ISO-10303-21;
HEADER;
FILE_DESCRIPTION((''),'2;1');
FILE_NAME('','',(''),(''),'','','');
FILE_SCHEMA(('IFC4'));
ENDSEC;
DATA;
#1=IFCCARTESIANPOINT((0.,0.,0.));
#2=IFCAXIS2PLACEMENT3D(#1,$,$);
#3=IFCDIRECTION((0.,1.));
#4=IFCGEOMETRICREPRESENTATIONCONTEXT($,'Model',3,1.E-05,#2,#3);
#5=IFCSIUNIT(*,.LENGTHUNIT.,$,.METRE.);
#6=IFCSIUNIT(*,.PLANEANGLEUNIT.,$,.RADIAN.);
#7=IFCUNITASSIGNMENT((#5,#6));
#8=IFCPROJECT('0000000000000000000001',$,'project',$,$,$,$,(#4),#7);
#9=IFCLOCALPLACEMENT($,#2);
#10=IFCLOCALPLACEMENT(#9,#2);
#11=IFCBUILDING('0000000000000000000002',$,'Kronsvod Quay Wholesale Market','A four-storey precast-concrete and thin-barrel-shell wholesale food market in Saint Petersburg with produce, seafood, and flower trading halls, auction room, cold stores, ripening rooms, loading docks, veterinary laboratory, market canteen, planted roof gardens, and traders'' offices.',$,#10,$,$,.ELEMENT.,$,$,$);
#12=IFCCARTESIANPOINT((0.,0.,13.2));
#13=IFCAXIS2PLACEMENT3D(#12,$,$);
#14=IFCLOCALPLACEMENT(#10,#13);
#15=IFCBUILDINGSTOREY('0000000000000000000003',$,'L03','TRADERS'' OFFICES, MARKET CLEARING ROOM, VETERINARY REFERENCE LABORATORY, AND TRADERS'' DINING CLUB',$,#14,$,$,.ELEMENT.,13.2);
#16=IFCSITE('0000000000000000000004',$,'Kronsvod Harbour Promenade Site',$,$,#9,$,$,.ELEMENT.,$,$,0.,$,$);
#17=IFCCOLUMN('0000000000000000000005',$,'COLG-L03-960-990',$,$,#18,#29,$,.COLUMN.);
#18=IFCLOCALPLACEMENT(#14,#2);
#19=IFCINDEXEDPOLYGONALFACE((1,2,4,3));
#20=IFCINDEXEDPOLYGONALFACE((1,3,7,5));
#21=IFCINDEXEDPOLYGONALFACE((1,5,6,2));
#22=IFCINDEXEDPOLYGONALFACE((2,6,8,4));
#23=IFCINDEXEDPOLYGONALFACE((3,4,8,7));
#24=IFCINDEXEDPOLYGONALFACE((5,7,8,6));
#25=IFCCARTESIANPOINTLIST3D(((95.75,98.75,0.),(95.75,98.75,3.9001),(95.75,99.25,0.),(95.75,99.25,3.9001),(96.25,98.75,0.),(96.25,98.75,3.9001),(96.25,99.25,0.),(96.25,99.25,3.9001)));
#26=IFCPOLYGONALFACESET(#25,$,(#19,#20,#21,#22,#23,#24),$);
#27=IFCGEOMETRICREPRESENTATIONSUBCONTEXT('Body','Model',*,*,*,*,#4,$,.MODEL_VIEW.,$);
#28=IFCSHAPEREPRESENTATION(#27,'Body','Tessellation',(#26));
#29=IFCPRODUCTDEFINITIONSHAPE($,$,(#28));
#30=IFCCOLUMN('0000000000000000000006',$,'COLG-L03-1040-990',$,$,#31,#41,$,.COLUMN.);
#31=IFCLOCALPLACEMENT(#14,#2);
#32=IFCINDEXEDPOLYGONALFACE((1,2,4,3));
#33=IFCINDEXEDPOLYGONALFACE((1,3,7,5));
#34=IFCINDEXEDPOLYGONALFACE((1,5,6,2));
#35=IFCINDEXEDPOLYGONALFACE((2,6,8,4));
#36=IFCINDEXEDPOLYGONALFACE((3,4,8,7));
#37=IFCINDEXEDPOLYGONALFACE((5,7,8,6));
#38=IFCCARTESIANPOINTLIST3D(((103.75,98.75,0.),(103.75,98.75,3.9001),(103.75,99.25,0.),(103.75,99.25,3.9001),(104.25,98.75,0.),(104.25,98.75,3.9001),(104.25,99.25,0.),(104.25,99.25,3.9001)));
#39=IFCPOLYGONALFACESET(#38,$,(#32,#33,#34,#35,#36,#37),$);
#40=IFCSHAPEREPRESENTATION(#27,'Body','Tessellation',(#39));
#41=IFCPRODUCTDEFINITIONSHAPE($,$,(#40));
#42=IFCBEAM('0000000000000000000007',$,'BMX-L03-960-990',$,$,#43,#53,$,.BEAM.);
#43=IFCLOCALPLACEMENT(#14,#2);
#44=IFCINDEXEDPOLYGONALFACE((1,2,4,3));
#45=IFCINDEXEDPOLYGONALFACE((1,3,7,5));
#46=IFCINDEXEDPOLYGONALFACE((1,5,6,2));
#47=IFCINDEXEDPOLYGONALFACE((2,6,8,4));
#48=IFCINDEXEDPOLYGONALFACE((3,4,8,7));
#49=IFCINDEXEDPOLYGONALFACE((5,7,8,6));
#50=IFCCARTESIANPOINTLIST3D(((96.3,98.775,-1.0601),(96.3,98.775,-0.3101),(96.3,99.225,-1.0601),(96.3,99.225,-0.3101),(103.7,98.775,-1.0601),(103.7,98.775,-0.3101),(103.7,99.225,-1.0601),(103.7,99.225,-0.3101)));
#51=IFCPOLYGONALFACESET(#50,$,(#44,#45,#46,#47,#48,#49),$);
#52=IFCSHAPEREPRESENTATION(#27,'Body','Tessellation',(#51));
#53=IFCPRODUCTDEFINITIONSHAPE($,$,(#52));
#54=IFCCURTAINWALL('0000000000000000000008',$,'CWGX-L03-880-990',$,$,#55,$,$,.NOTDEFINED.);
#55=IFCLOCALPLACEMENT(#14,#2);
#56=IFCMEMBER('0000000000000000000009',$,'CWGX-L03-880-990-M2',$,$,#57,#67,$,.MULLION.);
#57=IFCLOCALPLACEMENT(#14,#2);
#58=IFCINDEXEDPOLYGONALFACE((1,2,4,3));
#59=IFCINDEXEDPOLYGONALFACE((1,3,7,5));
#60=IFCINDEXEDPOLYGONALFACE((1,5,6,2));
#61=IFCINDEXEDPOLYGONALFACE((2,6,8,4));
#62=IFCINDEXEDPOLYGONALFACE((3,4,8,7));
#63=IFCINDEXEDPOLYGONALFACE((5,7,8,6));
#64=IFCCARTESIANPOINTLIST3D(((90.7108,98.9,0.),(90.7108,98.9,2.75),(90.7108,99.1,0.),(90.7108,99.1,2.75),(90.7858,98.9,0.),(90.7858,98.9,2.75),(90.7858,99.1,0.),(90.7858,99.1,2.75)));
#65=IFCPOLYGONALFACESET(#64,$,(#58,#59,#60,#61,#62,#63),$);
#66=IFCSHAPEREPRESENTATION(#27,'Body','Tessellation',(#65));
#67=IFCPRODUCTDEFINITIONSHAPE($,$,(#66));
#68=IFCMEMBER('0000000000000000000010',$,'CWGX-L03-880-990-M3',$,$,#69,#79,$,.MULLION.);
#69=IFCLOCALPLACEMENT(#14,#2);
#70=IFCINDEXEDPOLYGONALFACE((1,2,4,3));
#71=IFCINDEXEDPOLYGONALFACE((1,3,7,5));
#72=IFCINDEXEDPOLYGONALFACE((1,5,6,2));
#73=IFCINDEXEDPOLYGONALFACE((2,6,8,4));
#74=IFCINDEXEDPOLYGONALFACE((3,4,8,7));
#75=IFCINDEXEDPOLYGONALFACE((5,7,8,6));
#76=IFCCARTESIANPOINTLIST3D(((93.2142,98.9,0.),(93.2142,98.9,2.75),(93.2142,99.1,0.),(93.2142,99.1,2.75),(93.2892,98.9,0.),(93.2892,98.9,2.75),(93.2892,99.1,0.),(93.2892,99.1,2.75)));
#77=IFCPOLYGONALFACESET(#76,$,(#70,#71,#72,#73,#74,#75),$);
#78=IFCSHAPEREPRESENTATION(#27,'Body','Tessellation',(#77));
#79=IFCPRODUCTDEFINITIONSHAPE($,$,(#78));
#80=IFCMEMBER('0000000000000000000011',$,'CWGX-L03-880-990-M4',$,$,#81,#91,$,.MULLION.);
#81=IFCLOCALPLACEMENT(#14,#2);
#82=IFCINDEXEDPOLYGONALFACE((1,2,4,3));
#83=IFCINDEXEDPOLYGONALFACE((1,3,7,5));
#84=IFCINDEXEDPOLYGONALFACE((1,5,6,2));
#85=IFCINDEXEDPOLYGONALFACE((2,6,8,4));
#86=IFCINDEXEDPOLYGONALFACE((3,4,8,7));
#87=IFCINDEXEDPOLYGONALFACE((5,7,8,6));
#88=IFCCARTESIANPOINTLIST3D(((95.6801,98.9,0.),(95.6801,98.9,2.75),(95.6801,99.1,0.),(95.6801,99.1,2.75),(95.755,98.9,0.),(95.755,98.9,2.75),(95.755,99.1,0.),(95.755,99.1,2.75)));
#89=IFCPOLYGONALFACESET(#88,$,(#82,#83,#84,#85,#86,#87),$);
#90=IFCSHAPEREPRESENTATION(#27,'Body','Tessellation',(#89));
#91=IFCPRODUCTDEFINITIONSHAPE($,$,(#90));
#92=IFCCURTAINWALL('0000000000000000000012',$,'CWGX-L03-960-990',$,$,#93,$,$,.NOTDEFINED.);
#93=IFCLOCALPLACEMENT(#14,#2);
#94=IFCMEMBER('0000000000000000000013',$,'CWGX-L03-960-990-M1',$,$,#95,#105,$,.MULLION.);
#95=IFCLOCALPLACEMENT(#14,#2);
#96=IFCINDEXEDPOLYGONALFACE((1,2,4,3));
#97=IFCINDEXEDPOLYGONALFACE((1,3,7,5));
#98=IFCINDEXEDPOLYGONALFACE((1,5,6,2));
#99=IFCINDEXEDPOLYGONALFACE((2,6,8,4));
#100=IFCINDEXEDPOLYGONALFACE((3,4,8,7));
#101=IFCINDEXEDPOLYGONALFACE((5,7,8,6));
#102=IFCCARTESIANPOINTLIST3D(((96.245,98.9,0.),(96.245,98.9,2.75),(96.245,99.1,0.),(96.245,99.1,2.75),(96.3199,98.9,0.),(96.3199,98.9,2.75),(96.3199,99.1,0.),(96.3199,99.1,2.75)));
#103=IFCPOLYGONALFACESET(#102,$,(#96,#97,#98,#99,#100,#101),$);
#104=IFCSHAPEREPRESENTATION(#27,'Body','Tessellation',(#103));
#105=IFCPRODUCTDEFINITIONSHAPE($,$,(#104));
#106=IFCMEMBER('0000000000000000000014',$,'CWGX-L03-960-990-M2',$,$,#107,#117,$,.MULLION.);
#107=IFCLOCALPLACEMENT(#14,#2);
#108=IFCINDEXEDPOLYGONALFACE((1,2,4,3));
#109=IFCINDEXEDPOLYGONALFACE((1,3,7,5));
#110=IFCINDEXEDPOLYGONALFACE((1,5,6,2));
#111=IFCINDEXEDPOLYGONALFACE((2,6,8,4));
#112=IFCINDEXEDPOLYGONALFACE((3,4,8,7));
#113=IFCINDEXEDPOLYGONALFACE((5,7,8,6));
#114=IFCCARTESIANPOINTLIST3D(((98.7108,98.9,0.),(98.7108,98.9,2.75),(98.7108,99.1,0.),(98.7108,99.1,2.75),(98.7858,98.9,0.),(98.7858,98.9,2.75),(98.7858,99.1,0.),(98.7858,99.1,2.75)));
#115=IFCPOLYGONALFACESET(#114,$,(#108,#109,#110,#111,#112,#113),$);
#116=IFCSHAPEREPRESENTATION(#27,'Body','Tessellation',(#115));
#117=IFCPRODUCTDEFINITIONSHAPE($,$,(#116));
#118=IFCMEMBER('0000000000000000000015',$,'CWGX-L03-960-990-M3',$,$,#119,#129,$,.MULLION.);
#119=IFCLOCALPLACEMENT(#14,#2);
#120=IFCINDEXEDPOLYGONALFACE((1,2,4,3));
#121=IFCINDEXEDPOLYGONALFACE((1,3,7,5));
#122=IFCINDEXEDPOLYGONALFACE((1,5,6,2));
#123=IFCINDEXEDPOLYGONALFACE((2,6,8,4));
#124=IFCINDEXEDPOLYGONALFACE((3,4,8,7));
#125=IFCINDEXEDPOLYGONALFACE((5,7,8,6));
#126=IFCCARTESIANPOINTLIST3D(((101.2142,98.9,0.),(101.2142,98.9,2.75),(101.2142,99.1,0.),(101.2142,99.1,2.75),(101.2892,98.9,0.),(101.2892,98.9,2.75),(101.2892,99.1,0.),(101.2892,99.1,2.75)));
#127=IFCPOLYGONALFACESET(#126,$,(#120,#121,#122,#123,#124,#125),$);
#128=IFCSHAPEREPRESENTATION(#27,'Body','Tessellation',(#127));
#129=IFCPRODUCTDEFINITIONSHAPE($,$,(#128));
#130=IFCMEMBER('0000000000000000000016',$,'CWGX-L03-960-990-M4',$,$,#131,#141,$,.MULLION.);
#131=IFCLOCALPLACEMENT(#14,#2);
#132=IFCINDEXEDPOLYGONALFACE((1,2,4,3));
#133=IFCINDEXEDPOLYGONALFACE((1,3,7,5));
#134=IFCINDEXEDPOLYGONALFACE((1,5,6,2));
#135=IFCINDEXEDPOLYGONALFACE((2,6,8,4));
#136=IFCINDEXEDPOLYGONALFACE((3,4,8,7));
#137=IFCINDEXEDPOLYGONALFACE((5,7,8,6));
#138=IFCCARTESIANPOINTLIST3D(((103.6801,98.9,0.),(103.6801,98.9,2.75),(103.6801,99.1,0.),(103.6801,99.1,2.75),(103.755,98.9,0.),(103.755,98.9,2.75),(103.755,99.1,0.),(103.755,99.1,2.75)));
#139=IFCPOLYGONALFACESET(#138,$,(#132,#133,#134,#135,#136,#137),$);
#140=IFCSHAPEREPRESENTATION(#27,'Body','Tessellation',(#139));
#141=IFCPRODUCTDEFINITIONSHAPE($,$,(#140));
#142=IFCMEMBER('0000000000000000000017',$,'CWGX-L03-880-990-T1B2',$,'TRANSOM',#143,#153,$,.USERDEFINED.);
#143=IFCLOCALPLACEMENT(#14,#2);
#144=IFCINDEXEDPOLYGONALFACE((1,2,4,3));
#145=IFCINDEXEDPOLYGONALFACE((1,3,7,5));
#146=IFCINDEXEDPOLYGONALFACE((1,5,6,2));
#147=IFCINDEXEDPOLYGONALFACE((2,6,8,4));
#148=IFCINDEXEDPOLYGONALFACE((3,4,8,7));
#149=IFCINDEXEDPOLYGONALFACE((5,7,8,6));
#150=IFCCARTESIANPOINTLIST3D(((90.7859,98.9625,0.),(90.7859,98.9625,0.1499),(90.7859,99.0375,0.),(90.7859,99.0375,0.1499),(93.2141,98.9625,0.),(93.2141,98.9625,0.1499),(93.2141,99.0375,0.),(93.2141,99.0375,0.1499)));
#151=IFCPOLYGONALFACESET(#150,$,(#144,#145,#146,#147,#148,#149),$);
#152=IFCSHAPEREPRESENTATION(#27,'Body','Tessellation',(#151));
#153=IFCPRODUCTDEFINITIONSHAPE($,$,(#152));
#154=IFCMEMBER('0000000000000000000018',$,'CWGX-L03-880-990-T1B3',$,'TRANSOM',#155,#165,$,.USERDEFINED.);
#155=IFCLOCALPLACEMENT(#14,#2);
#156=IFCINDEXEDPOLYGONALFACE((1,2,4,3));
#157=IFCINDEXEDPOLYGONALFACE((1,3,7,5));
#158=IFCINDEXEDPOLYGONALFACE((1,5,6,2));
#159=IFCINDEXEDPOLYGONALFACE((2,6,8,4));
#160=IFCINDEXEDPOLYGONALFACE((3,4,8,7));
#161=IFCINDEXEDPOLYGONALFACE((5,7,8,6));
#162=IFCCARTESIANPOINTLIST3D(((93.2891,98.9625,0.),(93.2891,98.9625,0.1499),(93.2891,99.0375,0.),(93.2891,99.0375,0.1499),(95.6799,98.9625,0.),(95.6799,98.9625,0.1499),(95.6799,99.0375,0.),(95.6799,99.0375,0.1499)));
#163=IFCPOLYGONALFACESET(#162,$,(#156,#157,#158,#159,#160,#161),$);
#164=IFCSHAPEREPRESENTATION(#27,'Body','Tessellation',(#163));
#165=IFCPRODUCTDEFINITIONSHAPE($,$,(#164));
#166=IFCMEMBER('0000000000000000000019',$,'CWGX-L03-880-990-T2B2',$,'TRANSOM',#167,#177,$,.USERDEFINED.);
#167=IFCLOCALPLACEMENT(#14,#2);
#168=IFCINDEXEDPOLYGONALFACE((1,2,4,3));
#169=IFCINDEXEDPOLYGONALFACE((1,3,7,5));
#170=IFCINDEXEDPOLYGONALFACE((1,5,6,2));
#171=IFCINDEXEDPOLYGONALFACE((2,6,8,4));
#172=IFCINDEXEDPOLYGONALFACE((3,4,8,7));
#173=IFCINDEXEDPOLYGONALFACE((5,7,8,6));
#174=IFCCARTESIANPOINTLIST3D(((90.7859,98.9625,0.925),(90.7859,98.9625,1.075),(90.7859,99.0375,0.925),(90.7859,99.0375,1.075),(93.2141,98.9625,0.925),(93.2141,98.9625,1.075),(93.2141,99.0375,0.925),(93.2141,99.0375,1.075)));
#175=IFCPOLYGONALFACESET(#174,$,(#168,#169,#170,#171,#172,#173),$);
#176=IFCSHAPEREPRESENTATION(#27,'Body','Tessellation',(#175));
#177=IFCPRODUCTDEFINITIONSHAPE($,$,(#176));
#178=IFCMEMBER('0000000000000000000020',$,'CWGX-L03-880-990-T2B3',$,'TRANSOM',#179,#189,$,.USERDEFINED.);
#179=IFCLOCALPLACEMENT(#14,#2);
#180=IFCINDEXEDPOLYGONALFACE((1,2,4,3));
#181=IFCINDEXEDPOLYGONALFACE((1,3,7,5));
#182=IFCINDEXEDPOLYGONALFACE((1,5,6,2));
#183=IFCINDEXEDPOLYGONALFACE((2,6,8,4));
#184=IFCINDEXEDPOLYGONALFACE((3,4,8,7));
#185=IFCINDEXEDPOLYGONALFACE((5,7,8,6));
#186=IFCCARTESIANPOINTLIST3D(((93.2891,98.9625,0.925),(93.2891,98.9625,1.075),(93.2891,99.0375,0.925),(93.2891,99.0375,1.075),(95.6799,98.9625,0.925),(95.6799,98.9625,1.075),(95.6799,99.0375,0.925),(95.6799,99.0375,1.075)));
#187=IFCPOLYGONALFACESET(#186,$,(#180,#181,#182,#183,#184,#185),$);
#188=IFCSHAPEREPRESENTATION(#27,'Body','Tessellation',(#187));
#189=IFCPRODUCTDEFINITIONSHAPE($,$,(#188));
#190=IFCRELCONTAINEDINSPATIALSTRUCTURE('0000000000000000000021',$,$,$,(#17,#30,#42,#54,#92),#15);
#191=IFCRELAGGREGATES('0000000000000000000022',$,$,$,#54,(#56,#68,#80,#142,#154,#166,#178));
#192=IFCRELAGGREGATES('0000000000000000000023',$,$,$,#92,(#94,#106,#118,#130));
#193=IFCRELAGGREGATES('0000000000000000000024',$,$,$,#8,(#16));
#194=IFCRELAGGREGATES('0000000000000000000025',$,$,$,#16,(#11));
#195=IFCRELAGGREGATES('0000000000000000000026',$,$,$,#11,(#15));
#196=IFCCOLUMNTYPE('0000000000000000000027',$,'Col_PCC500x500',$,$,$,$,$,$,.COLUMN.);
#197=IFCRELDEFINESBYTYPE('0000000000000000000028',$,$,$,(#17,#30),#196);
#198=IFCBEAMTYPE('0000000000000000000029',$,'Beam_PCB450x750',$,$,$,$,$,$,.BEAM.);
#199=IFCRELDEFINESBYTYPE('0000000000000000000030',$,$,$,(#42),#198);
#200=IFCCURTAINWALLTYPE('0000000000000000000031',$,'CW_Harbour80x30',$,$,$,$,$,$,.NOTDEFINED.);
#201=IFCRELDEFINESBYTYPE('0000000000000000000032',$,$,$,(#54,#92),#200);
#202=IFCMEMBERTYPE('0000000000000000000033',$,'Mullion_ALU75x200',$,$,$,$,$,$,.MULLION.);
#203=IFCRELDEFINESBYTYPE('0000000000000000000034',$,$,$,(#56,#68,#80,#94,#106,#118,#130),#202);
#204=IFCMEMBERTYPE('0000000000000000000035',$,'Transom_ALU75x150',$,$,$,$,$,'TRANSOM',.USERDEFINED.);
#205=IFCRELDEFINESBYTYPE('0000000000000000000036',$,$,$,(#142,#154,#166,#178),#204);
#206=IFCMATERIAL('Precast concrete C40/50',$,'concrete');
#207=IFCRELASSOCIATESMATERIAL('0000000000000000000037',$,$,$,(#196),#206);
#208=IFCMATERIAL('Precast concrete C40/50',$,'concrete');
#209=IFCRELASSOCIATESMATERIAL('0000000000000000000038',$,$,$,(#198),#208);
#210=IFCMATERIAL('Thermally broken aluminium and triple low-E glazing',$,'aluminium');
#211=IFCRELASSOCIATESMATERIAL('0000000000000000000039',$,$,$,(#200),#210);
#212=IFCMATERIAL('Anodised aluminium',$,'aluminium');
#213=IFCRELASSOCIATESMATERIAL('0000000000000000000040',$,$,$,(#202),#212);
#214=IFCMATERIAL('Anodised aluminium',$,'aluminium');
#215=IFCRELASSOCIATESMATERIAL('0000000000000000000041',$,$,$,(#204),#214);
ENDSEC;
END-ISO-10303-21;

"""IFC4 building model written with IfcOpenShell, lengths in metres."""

from ifc_helpers import new_model, si_unit, direction, frame, origin, origin_2d, place, context, subcontext, project, spatial, rectangle, extrude, material, material_profile, profile_set, type_object, element, aggregate, save


model = new_model("IFC4")

# Units and contexts
model_context = context("Model", 3, precision=1e-05, world=origin(), true_north=direction((0.0, 1.0)))
body_context = subcontext(model_context, "Body", "Model", "MODEL_VIEW")
ifc_project = project(units=[si_unit("LENGTHUNIT", "METRE"), si_unit("PLANEANGLEUNIT", "RADIAN")], contexts=[model_context])

# Site, building, storey
site_placement = place(None, origin())
site = spatial("IfcSite", under=ifc_project, at=site_placement, Name="Kronsvod Harbour Promenade Site", CompositionType="ELEMENT", RefElevation=0.0)
building_placement = place(site_placement, origin())
building = spatial("IfcBuilding", under=site, at=building_placement, Name="Kronsvod Quay Wholesale Market", Description="A four-storey precast-concrete and thin-barrel-shell wholesale food market in Saint Petersburg with produce, seafood, and flower trading halls, auction room, cold stores, ripening rooms, loading docks, veterinary laboratory, market canteen, planted roof gardens, and traders' offices.", CompositionType="ELEMENT")
storey_placement = place(building_placement, frame((0.0, 0.0, 13.2)))
storey = spatial("IfcBuildingStorey", under=building, at=storey_placement, Name="L03", Description="TRADERS' OFFICES, MARKET CLEARING ROOM, VETERINARY REFERENCE LABORATORY, AND TRADERS' DINING CLUB", CompositionType="ELEMENT", Elevation=13.2)

# Columns
ifc_material_1 = material(Name="Precast concrete C40/50", Category="concrete")
ifc_material_profile_1 = material_profile(ifc_material_1, rectangle(XDim=0.5, YDim=0.5, at=origin_2d()), Name="PCC500x500")
ifc_profile_set_1 = profile_set([ifc_material_profile_1], Name="Precast concrete C40/50")
column_type = type_object("IfcColumnType", Name="Col_PCC500x500", PredefinedType="COLUMN", material=ifc_profile_set_1)
for number, where, z_axis, x_axis, name in (
    (1, (96.0, 99.0, 0.0), (0.0, 0.0, 1.0), (1.0, 0.0, 0.0), "COLG-L03-960-990"),
    (2, (104.0, 99.0, 0.0), (0.0, 0.0, 1.0), (1.0, 0.0, 0.0), "COLG-L03-1040-990"),
):
    element("IfcColumn", number, at=place(storey_placement, frame(where, z_axis=z_axis, x_axis=x_axis)), inside=storey, type_object=column_type, Name=name, PredefinedType="COLUMN", context=body_context, shape_type="SweptSolid", body=[
        extrude(rectangle(XDim=0.5, YDim=0.5, at=origin_2d()), origin(), (0.0, 0.0, 1.0), 3.9001),
    ])

# Beam
ifc_material_2 = material(Name="Precast concrete C40/50", Category="concrete")
ifc_material_profile_2 = material_profile(ifc_material_2, rectangle(XDim=0.45, YDim=0.75, at=origin_2d()), Name="PCB450x750")
ifc_profile_set_2 = profile_set([ifc_material_profile_2], Name="Precast concrete C40/50")
beam_type = type_object("IfcBeamType", Name="Beam_PCB450x750", PredefinedType="BEAM", material=ifc_profile_set_2)
beam_placement = place(storey_placement, frame((96.3, 99.0, -0.6851), z_axis=(1.0, 0.0, 0.0), x_axis=(0.0, 1.0, 0.0)))
element("IfcBeam", 3, at=beam_placement, inside=storey, type_object=beam_type, Name="BMX-L03-960-990", PredefinedType="BEAM", context=body_context, shape_type="SweptSolid", body=[
    extrude(rectangle(XDim=0.45, YDim=0.75, at=origin_2d()), origin(), (0.0, 0.0, 1.0), 7.3999),
])

# Curtain walls, members
ifc_material_3 = material(Name="Thermally broken aluminium and triple low-E glazing", Category="aluminium")
curtain_wall_type = type_object("IfcCurtainWallType", Name="CW_Harbour80x30", PredefinedType="NOTDEFINED", material=ifc_material_3)
curtain_wall_1_placement = place(storey_placement, origin())
curtain_wall_1 = element("IfcCurtainWall", 4, at=curtain_wall_1_placement, inside=storey, type_object=curtain_wall_type, Name="CWGX-L03-880-990", PredefinedType="NOTDEFINED")
ifc_material_4 = material(Name="Anodised aluminium", Category="aluminium")
ifc_material_profile_3 = material_profile(ifc_material_4, rectangle(XDim=0.075, YDim=0.2, at=origin_2d()), Name="ALUM75x200")
ifc_profile_set_3 = profile_set([ifc_material_profile_3], Name="Anodised aluminium")
member_type_1 = type_object("IfcMemberType", Name="Mullion_ALU75x200", PredefinedType="MULLION", material=ifc_profile_set_3)
member_1_placement = place(storey_placement, frame((90.7483, 99.0, 0.0), z_axis=(0.0, 0.0, 1.0), x_axis=(1.0, 0.0, 0.0)))
member_1 = element("IfcMember", 5, at=member_1_placement, type_object=member_type_1, Name="CWGX-L03-880-990-M2", PredefinedType="MULLION", context=body_context, shape_type="SweptSolid", body=[
    extrude(rectangle(XDim=0.075, YDim=0.2, at=origin_2d()), origin(), (0.0, 0.0, 1.0), 2.75),
])
member_2_placement = place(storey_placement, frame((93.2517, 99.0, 0.0), z_axis=(0.0, 0.0, 1.0), x_axis=(1.0, 0.0, 0.0)))
member_2 = element("IfcMember", 6, at=member_2_placement, type_object=member_type_1, Name="CWGX-L03-880-990-M3", PredefinedType="MULLION", context=body_context, shape_type="SweptSolid", body=[
    extrude(rectangle(XDim=0.075, YDim=0.2, at=origin_2d()), origin(), (0.0, 0.0, 1.0), 2.75),
])
member_3_placement = place(storey_placement, frame((95.7175, 99.0, 0.0), z_axis=(0.0, 0.0, 1.0), x_axis=(1.0, 0.0, 0.0)))
member_3 = element("IfcMember", 7, at=member_3_placement, type_object=member_type_1, Name="CWGX-L03-880-990-M4", PredefinedType="MULLION", context=body_context, shape_type="SweptSolid", body=[
    extrude(rectangle(XDim=0.075, YDim=0.2, at=origin_2d()), origin(), (0.0, 0.0, 1.0), 2.75),
])
curtain_wall_2_placement = place(storey_placement, origin())
curtain_wall_2 = element("IfcCurtainWall", 8, at=curtain_wall_2_placement, inside=storey, type_object=curtain_wall_type, Name="CWGX-L03-960-990", PredefinedType="NOTDEFINED")
member_4_placement = place(storey_placement, frame((96.2825, 99.0, 0.0), z_axis=(0.0, 0.0, 1.0), x_axis=(1.0, 0.0, 0.0)))
member_4 = element("IfcMember", 9, at=member_4_placement, type_object=member_type_1, Name="CWGX-L03-960-990-M1", PredefinedType="MULLION", context=body_context, shape_type="SweptSolid", body=[
    extrude(rectangle(XDim=0.075, YDim=0.2, at=origin_2d()), origin(), (0.0, 0.0, 1.0), 2.75),
])
member_5_placement = place(storey_placement, frame((98.7483, 99.0, 0.0), z_axis=(0.0, 0.0, 1.0), x_axis=(1.0, 0.0, 0.0)))
member_5 = element("IfcMember", 10, at=member_5_placement, type_object=member_type_1, Name="CWGX-L03-960-990-M2", PredefinedType="MULLION", context=body_context, shape_type="SweptSolid", body=[
    extrude(rectangle(XDim=0.075, YDim=0.2, at=origin_2d()), origin(), (0.0, 0.0, 1.0), 2.75),
])
member_6_placement = place(storey_placement, frame((101.2517, 99.0, 0.0), z_axis=(0.0, 0.0, 1.0), x_axis=(1.0, 0.0, 0.0)))
member_6 = element("IfcMember", 11, at=member_6_placement, type_object=member_type_1, Name="CWGX-L03-960-990-M3", PredefinedType="MULLION", context=body_context, shape_type="SweptSolid", body=[
    extrude(rectangle(XDim=0.075, YDim=0.2, at=origin_2d()), origin(), (0.0, 0.0, 1.0), 2.75),
])
member_7_placement = place(storey_placement, frame((103.7175, 99.0, 0.0), z_axis=(0.0, 0.0, 1.0), x_axis=(1.0, 0.0, 0.0)))
member_7 = element("IfcMember", 12, at=member_7_placement, type_object=member_type_1, Name="CWGX-L03-960-990-M4", PredefinedType="MULLION", context=body_context, shape_type="SweptSolid", body=[
    extrude(rectangle(XDim=0.075, YDim=0.2, at=origin_2d()), origin(), (0.0, 0.0, 1.0), 2.75),
])

# Members
ifc_material_5 = material(Name="Anodised aluminium", Category="aluminium")
ifc_material_profile_4 = material_profile(ifc_material_5, rectangle(XDim=0.075, YDim=0.1499, at=origin_2d()), Name="ALUT75x150")
ifc_profile_set_4 = profile_set([ifc_material_profile_4], Name="Anodised aluminium")
member_type_2 = type_object("IfcMemberType", Name="Transom_ALU75x150", ElementType="TRANSOM", PredefinedType="USERDEFINED", material=ifc_profile_set_4)
member_8_placement = place(storey_placement, frame((90.7859, 99.0, 0.075), z_axis=(1.0, 0.0, 0.0), x_axis=(0.0, 1.0, 0.0)))
member_8 = element("IfcMember", 13, at=member_8_placement, type_object=member_type_2, Name="CWGX-L03-880-990-T1B2", ObjectType="TRANSOM", PredefinedType="USERDEFINED", context=body_context, shape_type="SweptSolid", body=[
    extrude(rectangle(XDim=0.075, YDim=0.1499, at=origin_2d()), origin(), (0.0, 0.0, 1.0), 2.4282),
])
member_9_placement = place(storey_placement, frame((93.2891, 99.0, 0.075), z_axis=(1.0, 0.0, 0.0), x_axis=(0.0, 1.0, 0.0)))
member_9 = element("IfcMember", 14, at=member_9_placement, type_object=member_type_2, Name="CWGX-L03-880-990-T1B3", ObjectType="TRANSOM", PredefinedType="USERDEFINED", context=body_context, shape_type="SweptSolid", body=[
    extrude(rectangle(XDim=0.075, YDim=0.1499, at=origin_2d()), origin(), (0.0, 0.0, 1.0), 2.3909),
])
member_10_placement = place(storey_placement, frame((90.7859, 99.0, 1.0), z_axis=(1.0, 0.0, 0.0), x_axis=(0.0, 1.0, 0.0)))
member_10 = element("IfcMember", 15, at=member_10_placement, type_object=member_type_2, Name="CWGX-L03-880-990-T2B2", ObjectType="TRANSOM", PredefinedType="USERDEFINED", context=body_context, shape_type="SweptSolid", body=[
    extrude(rectangle(XDim=0.075, YDim=0.1499, at=origin_2d()), origin(), (0.0, 0.0, 1.0), 2.4282),
])
member_11_placement = place(storey_placement, frame((93.2891, 99.0, 1.0), z_axis=(1.0, 0.0, 0.0), x_axis=(0.0, 1.0, 0.0)))
member_11 = element("IfcMember", 16, at=member_11_placement, type_object=member_type_2, Name="CWGX-L03-880-990-T2B3", ObjectType="TRANSOM", PredefinedType="USERDEFINED", context=body_context, shape_type="SweptSolid", body=[
    extrude(rectangle(XDim=0.075, YDim=0.1499, at=origin_2d()), origin(), (0.0, 0.0, 1.0), 2.3909),
])

aggregate(curtain_wall_1, [member_1, member_2, member_3, member_8, member_9, member_10, member_11])
aggregate(curtain_wall_2, [member_4, member_5, member_6, member_7])

save(model, "model.ifc")
